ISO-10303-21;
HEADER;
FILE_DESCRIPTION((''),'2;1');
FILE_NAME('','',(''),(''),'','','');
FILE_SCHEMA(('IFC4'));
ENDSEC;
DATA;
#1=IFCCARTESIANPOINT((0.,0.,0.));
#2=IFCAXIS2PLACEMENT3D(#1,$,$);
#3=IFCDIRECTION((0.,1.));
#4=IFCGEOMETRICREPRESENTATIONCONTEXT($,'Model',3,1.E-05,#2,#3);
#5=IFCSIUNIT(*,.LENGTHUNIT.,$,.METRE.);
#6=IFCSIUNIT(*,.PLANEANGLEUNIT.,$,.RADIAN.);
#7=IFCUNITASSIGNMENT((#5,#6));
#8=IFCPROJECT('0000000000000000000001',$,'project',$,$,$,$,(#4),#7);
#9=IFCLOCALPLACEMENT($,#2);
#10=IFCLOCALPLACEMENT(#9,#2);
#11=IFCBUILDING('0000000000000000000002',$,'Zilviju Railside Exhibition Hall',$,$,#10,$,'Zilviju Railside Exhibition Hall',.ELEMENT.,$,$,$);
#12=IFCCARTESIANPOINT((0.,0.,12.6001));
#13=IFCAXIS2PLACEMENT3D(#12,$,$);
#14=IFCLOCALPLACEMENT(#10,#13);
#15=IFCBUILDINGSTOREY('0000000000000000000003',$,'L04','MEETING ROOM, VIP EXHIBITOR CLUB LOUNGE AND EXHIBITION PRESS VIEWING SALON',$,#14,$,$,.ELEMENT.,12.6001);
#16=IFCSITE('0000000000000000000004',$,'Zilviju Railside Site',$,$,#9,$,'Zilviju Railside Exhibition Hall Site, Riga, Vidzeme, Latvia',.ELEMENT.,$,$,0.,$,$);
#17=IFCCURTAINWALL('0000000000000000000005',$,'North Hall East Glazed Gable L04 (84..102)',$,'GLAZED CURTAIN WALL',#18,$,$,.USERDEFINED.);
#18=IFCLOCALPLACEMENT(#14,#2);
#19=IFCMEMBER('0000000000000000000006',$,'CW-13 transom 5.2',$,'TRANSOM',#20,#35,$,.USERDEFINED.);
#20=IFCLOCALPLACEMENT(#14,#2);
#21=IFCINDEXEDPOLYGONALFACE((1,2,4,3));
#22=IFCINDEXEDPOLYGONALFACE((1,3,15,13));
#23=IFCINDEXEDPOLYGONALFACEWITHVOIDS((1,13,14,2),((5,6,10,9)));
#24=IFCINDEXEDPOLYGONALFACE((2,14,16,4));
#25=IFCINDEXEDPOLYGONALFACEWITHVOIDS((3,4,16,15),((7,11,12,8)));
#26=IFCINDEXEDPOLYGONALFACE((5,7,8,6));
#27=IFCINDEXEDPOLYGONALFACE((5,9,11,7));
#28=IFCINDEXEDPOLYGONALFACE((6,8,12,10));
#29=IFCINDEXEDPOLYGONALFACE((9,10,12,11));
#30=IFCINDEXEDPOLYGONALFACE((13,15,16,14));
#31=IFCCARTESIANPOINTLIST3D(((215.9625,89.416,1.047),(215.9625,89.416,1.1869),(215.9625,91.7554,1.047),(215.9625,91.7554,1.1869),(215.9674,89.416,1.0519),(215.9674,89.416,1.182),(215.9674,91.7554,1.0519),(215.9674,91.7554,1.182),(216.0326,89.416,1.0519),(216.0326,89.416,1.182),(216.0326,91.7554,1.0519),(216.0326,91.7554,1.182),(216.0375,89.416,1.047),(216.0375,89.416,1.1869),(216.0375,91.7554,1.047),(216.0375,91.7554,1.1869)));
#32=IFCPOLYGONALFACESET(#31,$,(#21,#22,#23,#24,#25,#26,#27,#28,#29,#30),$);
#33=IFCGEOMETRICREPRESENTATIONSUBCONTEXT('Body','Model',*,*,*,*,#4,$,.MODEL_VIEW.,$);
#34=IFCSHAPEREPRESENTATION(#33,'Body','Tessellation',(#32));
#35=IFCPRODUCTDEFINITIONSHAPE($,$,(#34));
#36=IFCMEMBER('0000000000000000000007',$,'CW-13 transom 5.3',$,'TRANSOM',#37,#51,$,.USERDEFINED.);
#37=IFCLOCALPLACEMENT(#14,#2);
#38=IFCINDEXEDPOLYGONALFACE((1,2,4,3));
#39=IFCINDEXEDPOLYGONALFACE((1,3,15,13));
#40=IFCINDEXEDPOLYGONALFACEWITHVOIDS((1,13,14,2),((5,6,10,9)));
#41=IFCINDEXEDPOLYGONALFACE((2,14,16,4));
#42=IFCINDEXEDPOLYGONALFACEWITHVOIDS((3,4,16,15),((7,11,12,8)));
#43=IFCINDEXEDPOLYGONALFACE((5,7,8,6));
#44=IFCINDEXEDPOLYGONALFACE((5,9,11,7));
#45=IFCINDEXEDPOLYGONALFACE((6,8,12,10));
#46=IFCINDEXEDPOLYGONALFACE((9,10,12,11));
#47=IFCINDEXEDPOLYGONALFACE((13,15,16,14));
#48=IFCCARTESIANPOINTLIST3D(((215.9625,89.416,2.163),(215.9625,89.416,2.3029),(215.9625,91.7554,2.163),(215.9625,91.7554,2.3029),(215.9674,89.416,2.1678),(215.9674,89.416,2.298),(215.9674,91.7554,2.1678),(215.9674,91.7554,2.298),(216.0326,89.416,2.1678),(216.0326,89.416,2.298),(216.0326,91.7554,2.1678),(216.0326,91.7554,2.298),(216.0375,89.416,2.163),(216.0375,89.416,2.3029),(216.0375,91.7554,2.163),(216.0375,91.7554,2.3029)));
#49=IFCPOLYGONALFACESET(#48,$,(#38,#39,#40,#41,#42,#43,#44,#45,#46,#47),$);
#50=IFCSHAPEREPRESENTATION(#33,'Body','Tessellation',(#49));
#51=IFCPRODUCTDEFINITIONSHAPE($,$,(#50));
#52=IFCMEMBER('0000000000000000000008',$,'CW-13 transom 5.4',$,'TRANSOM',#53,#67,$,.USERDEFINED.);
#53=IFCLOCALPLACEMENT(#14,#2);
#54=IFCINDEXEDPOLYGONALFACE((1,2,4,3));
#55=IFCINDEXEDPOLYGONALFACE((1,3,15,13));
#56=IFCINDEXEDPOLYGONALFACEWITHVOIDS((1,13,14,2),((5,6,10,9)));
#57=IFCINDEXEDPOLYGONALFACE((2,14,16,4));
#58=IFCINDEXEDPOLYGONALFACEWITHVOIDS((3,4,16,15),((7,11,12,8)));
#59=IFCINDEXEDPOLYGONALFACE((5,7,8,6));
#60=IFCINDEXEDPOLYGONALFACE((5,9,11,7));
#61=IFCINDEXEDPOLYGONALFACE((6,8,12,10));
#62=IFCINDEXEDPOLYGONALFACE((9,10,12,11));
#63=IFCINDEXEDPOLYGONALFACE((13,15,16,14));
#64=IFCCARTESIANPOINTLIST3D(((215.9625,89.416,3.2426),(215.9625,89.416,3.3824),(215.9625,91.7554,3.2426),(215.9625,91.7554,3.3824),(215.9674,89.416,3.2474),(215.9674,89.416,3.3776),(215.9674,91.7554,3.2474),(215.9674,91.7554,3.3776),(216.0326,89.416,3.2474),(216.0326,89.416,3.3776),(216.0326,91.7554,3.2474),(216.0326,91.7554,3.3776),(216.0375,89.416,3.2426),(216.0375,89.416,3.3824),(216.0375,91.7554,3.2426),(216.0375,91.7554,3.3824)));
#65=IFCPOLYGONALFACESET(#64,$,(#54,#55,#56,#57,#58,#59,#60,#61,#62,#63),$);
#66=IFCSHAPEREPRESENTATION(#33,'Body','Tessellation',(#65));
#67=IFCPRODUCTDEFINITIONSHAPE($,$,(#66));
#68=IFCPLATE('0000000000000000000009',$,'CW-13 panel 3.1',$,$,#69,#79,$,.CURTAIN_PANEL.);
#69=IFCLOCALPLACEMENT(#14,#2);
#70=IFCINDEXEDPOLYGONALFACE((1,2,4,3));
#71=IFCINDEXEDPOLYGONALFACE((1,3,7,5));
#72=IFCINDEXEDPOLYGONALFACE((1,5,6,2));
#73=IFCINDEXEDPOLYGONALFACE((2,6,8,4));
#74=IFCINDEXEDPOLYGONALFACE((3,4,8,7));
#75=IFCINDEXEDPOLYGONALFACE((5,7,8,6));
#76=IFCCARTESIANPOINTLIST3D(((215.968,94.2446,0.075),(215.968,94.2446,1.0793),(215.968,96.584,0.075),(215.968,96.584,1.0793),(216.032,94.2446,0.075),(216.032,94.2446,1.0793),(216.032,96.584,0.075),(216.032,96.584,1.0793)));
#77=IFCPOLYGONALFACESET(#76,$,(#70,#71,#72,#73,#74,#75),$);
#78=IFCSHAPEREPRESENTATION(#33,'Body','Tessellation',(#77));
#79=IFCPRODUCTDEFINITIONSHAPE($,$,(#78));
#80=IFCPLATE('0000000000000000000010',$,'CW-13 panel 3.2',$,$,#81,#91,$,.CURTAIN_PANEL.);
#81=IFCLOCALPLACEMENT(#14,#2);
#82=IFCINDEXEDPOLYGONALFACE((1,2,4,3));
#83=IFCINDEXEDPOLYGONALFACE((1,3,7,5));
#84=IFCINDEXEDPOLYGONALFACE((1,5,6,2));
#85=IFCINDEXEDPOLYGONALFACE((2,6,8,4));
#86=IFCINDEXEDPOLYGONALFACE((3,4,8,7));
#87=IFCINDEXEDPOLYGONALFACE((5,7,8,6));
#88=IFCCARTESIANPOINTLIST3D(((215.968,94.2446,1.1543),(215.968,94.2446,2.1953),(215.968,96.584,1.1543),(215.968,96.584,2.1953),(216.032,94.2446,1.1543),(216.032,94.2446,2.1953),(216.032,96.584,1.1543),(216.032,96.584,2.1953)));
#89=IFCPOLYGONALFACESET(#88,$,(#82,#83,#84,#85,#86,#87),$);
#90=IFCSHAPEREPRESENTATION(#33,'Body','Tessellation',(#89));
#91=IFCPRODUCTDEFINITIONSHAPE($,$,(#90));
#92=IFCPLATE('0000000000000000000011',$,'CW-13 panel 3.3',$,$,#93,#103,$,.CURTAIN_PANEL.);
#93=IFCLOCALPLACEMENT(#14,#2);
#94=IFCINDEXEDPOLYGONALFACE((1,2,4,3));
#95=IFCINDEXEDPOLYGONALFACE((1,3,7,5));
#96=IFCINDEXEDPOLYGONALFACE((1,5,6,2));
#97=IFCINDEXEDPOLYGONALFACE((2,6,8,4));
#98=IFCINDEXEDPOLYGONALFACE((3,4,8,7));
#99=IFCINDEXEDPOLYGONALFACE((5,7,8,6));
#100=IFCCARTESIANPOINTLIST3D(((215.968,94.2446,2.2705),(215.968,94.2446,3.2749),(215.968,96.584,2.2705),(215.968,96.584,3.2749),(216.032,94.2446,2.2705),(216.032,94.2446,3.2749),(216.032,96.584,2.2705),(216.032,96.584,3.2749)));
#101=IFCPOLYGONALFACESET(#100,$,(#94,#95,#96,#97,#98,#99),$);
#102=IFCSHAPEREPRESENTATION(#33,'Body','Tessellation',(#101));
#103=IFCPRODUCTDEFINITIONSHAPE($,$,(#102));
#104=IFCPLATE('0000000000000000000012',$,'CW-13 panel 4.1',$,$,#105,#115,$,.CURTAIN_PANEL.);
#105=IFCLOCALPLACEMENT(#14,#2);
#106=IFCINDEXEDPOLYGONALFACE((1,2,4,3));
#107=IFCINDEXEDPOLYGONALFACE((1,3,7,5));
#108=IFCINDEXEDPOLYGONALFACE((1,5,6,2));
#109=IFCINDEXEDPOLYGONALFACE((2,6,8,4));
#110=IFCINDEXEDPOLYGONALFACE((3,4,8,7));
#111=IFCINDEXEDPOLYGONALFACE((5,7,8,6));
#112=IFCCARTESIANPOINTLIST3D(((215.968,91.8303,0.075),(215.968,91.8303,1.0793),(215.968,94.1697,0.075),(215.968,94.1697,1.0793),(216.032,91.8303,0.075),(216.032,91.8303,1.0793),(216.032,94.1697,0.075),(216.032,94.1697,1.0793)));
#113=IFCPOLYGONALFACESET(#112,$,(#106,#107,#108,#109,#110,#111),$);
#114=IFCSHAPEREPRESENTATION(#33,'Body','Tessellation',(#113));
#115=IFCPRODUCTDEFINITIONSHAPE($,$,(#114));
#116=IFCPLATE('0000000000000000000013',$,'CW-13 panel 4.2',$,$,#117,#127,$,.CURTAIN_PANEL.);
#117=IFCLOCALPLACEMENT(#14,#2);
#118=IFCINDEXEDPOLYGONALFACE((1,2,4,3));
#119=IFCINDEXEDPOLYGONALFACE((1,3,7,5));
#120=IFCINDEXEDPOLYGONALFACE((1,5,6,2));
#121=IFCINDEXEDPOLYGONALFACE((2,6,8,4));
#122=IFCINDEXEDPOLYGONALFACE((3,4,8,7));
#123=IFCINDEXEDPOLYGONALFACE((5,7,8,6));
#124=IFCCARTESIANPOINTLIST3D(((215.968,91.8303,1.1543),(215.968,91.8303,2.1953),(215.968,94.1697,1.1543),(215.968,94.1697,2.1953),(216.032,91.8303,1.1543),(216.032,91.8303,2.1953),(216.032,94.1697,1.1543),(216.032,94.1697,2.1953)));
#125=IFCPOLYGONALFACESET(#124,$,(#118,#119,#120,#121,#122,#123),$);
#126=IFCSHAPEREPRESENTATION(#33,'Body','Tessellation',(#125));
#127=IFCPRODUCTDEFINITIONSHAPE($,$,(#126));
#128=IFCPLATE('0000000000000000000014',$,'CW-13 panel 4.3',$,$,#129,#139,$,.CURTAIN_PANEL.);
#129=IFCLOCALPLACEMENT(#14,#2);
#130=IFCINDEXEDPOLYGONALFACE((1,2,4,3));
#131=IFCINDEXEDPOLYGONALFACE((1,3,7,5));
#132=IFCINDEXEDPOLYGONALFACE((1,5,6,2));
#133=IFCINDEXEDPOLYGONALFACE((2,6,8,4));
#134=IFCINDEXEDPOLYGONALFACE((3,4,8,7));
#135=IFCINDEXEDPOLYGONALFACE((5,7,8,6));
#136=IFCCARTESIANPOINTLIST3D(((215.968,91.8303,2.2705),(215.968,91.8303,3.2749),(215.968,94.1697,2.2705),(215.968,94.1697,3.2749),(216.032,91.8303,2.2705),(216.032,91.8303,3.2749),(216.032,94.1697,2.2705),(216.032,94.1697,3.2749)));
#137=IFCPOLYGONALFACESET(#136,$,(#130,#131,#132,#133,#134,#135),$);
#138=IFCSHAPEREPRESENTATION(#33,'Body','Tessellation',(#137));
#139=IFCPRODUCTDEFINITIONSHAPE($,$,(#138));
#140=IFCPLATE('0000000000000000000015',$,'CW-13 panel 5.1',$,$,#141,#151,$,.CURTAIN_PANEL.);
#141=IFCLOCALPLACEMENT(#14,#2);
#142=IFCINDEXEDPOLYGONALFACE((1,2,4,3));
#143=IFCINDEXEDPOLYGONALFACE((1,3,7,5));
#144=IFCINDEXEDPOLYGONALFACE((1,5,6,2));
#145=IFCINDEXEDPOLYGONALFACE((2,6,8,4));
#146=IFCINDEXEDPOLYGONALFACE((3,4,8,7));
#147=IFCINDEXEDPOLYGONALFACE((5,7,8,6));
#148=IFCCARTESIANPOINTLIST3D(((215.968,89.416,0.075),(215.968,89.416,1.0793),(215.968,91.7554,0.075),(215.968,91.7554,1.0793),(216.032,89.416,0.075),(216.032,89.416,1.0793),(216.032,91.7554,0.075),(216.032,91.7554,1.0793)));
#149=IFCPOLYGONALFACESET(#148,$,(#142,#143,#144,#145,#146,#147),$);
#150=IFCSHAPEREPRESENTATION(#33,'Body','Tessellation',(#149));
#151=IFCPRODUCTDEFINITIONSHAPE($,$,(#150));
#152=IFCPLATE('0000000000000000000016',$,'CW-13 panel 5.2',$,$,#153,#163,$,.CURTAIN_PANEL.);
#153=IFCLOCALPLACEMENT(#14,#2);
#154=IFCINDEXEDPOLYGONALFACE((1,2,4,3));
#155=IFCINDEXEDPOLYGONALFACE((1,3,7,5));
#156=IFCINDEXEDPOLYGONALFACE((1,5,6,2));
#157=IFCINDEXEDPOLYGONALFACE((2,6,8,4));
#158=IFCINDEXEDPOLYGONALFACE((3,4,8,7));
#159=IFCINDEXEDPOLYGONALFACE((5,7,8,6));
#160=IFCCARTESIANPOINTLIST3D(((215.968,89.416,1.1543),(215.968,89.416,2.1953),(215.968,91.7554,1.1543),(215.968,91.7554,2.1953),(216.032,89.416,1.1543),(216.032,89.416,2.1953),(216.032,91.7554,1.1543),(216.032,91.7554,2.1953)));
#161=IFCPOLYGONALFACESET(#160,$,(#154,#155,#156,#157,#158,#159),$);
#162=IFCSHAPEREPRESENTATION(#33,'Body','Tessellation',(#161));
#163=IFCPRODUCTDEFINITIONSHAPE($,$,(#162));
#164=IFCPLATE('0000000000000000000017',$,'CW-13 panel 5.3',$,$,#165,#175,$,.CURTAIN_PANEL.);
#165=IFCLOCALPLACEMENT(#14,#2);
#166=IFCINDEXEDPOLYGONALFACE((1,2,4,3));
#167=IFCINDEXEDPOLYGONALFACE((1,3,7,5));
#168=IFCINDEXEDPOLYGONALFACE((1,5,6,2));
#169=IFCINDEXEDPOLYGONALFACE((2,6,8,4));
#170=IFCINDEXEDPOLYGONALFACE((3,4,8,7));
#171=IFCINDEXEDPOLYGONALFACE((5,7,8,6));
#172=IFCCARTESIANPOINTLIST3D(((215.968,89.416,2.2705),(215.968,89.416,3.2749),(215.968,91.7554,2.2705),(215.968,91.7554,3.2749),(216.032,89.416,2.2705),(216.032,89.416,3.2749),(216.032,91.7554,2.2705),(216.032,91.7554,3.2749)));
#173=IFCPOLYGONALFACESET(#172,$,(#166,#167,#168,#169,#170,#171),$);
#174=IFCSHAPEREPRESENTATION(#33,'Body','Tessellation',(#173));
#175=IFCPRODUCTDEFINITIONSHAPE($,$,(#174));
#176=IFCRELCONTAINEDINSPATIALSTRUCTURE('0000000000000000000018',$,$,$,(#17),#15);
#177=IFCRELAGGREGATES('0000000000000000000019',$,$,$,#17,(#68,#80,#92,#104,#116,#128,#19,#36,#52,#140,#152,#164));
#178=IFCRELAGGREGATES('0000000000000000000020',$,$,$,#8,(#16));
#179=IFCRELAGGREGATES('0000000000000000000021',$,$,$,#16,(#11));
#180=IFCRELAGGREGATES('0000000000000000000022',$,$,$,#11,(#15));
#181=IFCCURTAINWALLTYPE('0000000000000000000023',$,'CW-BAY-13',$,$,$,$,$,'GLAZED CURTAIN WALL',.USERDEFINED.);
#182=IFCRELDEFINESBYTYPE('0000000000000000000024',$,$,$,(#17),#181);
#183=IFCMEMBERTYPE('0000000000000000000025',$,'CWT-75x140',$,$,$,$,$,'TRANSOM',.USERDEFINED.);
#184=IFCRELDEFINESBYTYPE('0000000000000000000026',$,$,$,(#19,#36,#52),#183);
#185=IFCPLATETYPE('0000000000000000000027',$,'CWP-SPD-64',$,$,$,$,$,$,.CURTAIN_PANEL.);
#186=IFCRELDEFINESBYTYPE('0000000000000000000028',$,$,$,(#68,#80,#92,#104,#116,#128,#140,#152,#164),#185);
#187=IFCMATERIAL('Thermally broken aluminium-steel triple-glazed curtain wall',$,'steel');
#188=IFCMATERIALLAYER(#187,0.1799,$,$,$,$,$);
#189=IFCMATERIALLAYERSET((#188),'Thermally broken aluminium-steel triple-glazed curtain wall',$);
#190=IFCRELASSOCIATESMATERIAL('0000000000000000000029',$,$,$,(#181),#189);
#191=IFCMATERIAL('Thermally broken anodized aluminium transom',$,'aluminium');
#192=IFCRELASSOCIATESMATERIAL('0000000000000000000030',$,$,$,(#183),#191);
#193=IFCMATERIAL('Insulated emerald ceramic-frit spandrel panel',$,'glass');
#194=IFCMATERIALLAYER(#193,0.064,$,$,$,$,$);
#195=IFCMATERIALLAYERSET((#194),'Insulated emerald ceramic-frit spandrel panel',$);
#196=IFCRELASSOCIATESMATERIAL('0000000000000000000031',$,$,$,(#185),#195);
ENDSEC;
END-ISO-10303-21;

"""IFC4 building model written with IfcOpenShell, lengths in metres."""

from ifc_helpers import new_model, si_unit, direction, frame, origin, origin_2d, place, context, subcontext, project, spatial, rectangle, hollow_rectangle, extrude, material, layer, layer_set, material_profile, profile_set, type_object, element, aggregate, save


model = new_model("IFC4")

# Units and contexts
model_context = context("Model", 3, precision=1e-05, world=origin(), true_north=direction((0.0, 1.0)))
body_context = subcontext(model_context, "Body", "Model", "MODEL_VIEW")
ifc_project = project(units=[si_unit("LENGTHUNIT", "METRE"), si_unit("PLANEANGLEUNIT", "RADIAN")], contexts=[model_context])

# Site, building, storey
site_placement = place(None, origin())
site = spatial("IfcSite", under=ifc_project, at=site_placement, Name="Zilviju Railside Site", LongName="Zilviju Railside Exhibition Hall Site, Riga, Vidzeme, Latvia", CompositionType="ELEMENT", RefElevation=0.0)
building_placement = place(site_placement, origin())
building = spatial("IfcBuilding", under=site, at=building_placement, Name="Zilviju Railside Exhibition Hall", LongName="Zilviju Railside Exhibition Hall", CompositionType="ELEMENT")
storey_placement = place(building_placement, frame((0.0, 0.0, 12.6001)))
storey = spatial("IfcBuildingStorey", under=building, at=storey_placement, Name="L04", Description="MEETING ROOM, VIP EXHIBITOR CLUB LOUNGE AND EXHIBITION PRESS VIEWING SALON", CompositionType="ELEMENT", Elevation=12.6001)

# Curtain wall, members, plates
ifc_material_1 = material(Name="Thermally broken aluminium-steel triple-glazed curtain wall", Category="steel")
ifc_layer_1 = layer(ifc_material_1, 0.1799)
ifc_layer_set_1 = layer_set([ifc_layer_1], Name="Thermally broken aluminium-steel triple-glazed curtain wall")
curtain_wall_type = type_object("IfcCurtainWallType", Name="CW-BAY-13", ElementType="GLAZED CURTAIN WALL", PredefinedType="USERDEFINED", material=ifc_layer_set_1)
curtain_wall_placement = place(storey_placement, origin())
curtain_wall = element("IfcCurtainWall", 1, at=curtain_wall_placement, inside=storey, type_object=curtain_wall_type, Name="North Hall East Glazed Gable L04 (84..102)", ObjectType="GLAZED CURTAIN WALL", PredefinedType="USERDEFINED")
ifc_material_2 = material(Name="Thermally broken anodized aluminium transom", Category="aluminium")
ifc_material_profile_1 = material_profile(ifc_material_2, hollow_rectangle(XDim=0.075, YDim=0.1399, WallThickness=0.0049, at=origin_2d()), Name="TRANSOM 140x75x5")
ifc_profile_set_1 = profile_set([ifc_material_profile_1], Name="Thermally broken anodized aluminium transom")
member_type_1 = type_object("IfcMemberType", Name="CWT-75x140", ElementType="TRANSOM", PredefinedType="USERDEFINED", material=ifc_profile_set_1)
member_1_placement = place(storey_placement, frame((216.0, 91.7554, 1.1169), z_axis=(0.0, -1.0, 0.0), x_axis=(1.0, 0.0, 0.0)))
member_1 = element("IfcMember", 2, at=member_1_placement, type_object=member_type_1, Name="CW-13 transom 5.2", ObjectType="TRANSOM", PredefinedType="USERDEFINED", context=body_context, shape_type="SweptSolid", body=[
    extrude(hollow_rectangle(XDim=0.075, YDim=0.1399, WallThickness=0.0049, at=origin_2d()), origin(), (0.0, 0.0, 1.0), 2.3394),
])
member_2_placement = place(storey_placement, frame((216.0, 91.7554, 2.2329), z_axis=(0.0, -1.0, 0.0), x_axis=(1.0, 0.0, 0.0)))
member_2 = element("IfcMember", 3, at=member_2_placement, type_object=member_type_1, Name="CW-13 transom 5.3", ObjectType="TRANSOM", PredefinedType="USERDEFINED", context=body_context, shape_type="SweptSolid", body=[
    extrude(hollow_rectangle(XDim=0.075, YDim=0.1399, WallThickness=0.0049, at=origin_2d()), origin(), (0.0, 0.0, 1.0), 2.3394),
])
member_3_placement = place(storey_placement, frame((216.0, 91.7554, 3.3125), z_axis=(0.0, -1.0, 0.0), x_axis=(1.0, 0.0, 0.0)))
member_3 = element("IfcMember", 4, at=member_3_placement, type_object=member_type_1, Name="CW-13 transom 5.4", ObjectType="TRANSOM", PredefinedType="USERDEFINED", context=body_context, shape_type="SweptSolid", body=[
    extrude(hollow_rectangle(XDim=0.075, YDim=0.1399, WallThickness=0.0049, at=origin_2d()), origin(), (0.0, 0.0, 1.0), 2.3394),
])
ifc_material_3 = material(Name="Insulated emerald ceramic-frit spandrel panel", Category="glass")
ifc_layer_2 = layer(ifc_material_3, 0.064)
ifc_layer_set_2 = layer_set([ifc_layer_2], Name="Insulated emerald ceramic-frit spandrel panel")
plate_type = type_object("IfcPlateType", Name="CWP-SPD-64", PredefinedType="CURTAIN_PANEL", material=ifc_layer_set_2)
plate_1_placement = place(storey_placement, frame((216.0, 95.4143, 0.075), z_axis=(0.0, 0.0, 1.0), x_axis=(0.0, -1.0, 0.0)))
plate_1 = element("IfcPlate", 5, at=plate_1_placement, type_object=plate_type, Name="CW-13 panel 3.1", PredefinedType="CURTAIN_PANEL", context=body_context, shape_type="SweptSolid", body=[
    extrude(rectangle(XDim=2.3394, YDim=0.064, at=origin_2d()), origin(), (0.0, 0.0, 1.0), 1.0044),
])
plate_2_placement = place(storey_placement, frame((216.0, 95.4143, 1.1543), z_axis=(0.0, 0.0, 1.0), x_axis=(0.0, -1.0, 0.0)))
plate_2 = element("IfcPlate", 6, at=plate_2_placement, type_object=plate_type, Name="CW-13 panel 3.2", PredefinedType="CURTAIN_PANEL", context=body_context, shape_type="SweptSolid", body=[
    extrude(rectangle(XDim=2.3394, YDim=0.064, at=origin_2d()), origin(), (0.0, 0.0, 1.0), 1.041),
])
plate_3_placement = place(storey_placement, frame((216.0, 95.4143, 2.2705), z_axis=(0.0, 0.0, 1.0), x_axis=(0.0, -1.0, 0.0)))
plate_3 = element("IfcPlate", 7, at=plate_3_placement, type_object=plate_type, Name="CW-13 panel 3.3", PredefinedType="CURTAIN_PANEL", context=body_context, shape_type="SweptSolid", body=[
    extrude(rectangle(XDim=2.3394, YDim=0.064, at=origin_2d()), origin(), (0.0, 0.0, 1.0), 1.0044),
])
plate_4_placement = place(storey_placement, frame((216.0, 93.0, 0.075), z_axis=(0.0, 0.0, 1.0), x_axis=(0.0, -1.0, 0.0)))
plate_4 = element("IfcPlate", 8, at=plate_4_placement, type_object=plate_type, Name="CW-13 panel 4.1", PredefinedType="CURTAIN_PANEL", context=body_context, shape_type="SweptSolid", body=[
    extrude(rectangle(XDim=2.3394, YDim=0.064, at=origin_2d()), origin(), (0.0, 0.0, 1.0), 1.0044),
])
plate_5_placement = place(storey_placement, frame((216.0, 93.0, 1.1543), z_axis=(0.0, 0.0, 1.0), x_axis=(0.0, -1.0, 0.0)))
plate_5 = element("IfcPlate", 9, at=plate_5_placement, type_object=plate_type, Name="CW-13 panel 4.2", PredefinedType="CURTAIN_PANEL", context=body_context, shape_type="SweptSolid", body=[
    extrude(rectangle(XDim=2.3394, YDim=0.064, at=origin_2d()), origin(), (0.0, 0.0, 1.0), 1.041),
])
plate_6_placement = place(storey_placement, frame((216.0, 93.0, 2.2705), z_axis=(0.0, 0.0, 1.0), x_axis=(0.0, -1.0, 0.0)))
plate_6 = element("IfcPlate", 10, at=plate_6_placement, type_object=plate_type, Name="CW-13 panel 4.3", PredefinedType="CURTAIN_PANEL", context=body_context, shape_type="SweptSolid", body=[
    extrude(rectangle(XDim=2.3394, YDim=0.064, at=origin_2d()), origin(), (0.0, 0.0, 1.0), 1.0044),
])
plate_7_placement = place(storey_placement, frame((216.0, 90.5857, 0.075), z_axis=(0.0, 0.0, 1.0), x_axis=(0.0, -1.0, 0.0)))
plate_7 = element("IfcPlate", 11, at=plate_7_placement, type_object=plate_type, Name="CW-13 panel 5.1", PredefinedType="CURTAIN_PANEL", context=body_context, shape_type="SweptSolid", body=[
    extrude(rectangle(XDim=2.3394, YDim=0.064, at=origin_2d()), origin(), (0.0, 0.0, 1.0), 1.0044),
])
plate_8_placement = place(storey_placement, frame((216.0, 90.5857, 1.1543), z_axis=(0.0, 0.0, 1.0), x_axis=(0.0, -1.0, 0.0)))
plate_8 = element("IfcPlate", 12, at=plate_8_placement, type_object=plate_type, Name="CW-13 panel 5.2", PredefinedType="CURTAIN_PANEL", context=body_context, shape_type="SweptSolid", body=[
    extrude(rectangle(XDim=2.3394, YDim=0.064, at=origin_2d()), origin(), (0.0, 0.0, 1.0), 1.041),
])
plate_9_placement = place(storey_placement, frame((216.0, 90.5857, 2.2705), z_axis=(0.0, 0.0, 1.0), x_axis=(0.0, -1.0, 0.0)))
plate_9 = element("IfcPlate", 13, at=plate_9_placement, type_object=plate_type, Name="CW-13 panel 5.3", PredefinedType="CURTAIN_PANEL", context=body_context, shape_type="SweptSolid", body=[
    extrude(rectangle(XDim=2.3394, YDim=0.064, at=origin_2d()), origin(), (0.0, 0.0, 1.0), 1.0044),
])
aggregate(curtain_wall, [plate_1, plate_2, plate_3, plate_4, plate_5, plate_6, member_1, member_2, member_3, plate_7, plate_8, plate_9])

save(model, "model.ifc")
